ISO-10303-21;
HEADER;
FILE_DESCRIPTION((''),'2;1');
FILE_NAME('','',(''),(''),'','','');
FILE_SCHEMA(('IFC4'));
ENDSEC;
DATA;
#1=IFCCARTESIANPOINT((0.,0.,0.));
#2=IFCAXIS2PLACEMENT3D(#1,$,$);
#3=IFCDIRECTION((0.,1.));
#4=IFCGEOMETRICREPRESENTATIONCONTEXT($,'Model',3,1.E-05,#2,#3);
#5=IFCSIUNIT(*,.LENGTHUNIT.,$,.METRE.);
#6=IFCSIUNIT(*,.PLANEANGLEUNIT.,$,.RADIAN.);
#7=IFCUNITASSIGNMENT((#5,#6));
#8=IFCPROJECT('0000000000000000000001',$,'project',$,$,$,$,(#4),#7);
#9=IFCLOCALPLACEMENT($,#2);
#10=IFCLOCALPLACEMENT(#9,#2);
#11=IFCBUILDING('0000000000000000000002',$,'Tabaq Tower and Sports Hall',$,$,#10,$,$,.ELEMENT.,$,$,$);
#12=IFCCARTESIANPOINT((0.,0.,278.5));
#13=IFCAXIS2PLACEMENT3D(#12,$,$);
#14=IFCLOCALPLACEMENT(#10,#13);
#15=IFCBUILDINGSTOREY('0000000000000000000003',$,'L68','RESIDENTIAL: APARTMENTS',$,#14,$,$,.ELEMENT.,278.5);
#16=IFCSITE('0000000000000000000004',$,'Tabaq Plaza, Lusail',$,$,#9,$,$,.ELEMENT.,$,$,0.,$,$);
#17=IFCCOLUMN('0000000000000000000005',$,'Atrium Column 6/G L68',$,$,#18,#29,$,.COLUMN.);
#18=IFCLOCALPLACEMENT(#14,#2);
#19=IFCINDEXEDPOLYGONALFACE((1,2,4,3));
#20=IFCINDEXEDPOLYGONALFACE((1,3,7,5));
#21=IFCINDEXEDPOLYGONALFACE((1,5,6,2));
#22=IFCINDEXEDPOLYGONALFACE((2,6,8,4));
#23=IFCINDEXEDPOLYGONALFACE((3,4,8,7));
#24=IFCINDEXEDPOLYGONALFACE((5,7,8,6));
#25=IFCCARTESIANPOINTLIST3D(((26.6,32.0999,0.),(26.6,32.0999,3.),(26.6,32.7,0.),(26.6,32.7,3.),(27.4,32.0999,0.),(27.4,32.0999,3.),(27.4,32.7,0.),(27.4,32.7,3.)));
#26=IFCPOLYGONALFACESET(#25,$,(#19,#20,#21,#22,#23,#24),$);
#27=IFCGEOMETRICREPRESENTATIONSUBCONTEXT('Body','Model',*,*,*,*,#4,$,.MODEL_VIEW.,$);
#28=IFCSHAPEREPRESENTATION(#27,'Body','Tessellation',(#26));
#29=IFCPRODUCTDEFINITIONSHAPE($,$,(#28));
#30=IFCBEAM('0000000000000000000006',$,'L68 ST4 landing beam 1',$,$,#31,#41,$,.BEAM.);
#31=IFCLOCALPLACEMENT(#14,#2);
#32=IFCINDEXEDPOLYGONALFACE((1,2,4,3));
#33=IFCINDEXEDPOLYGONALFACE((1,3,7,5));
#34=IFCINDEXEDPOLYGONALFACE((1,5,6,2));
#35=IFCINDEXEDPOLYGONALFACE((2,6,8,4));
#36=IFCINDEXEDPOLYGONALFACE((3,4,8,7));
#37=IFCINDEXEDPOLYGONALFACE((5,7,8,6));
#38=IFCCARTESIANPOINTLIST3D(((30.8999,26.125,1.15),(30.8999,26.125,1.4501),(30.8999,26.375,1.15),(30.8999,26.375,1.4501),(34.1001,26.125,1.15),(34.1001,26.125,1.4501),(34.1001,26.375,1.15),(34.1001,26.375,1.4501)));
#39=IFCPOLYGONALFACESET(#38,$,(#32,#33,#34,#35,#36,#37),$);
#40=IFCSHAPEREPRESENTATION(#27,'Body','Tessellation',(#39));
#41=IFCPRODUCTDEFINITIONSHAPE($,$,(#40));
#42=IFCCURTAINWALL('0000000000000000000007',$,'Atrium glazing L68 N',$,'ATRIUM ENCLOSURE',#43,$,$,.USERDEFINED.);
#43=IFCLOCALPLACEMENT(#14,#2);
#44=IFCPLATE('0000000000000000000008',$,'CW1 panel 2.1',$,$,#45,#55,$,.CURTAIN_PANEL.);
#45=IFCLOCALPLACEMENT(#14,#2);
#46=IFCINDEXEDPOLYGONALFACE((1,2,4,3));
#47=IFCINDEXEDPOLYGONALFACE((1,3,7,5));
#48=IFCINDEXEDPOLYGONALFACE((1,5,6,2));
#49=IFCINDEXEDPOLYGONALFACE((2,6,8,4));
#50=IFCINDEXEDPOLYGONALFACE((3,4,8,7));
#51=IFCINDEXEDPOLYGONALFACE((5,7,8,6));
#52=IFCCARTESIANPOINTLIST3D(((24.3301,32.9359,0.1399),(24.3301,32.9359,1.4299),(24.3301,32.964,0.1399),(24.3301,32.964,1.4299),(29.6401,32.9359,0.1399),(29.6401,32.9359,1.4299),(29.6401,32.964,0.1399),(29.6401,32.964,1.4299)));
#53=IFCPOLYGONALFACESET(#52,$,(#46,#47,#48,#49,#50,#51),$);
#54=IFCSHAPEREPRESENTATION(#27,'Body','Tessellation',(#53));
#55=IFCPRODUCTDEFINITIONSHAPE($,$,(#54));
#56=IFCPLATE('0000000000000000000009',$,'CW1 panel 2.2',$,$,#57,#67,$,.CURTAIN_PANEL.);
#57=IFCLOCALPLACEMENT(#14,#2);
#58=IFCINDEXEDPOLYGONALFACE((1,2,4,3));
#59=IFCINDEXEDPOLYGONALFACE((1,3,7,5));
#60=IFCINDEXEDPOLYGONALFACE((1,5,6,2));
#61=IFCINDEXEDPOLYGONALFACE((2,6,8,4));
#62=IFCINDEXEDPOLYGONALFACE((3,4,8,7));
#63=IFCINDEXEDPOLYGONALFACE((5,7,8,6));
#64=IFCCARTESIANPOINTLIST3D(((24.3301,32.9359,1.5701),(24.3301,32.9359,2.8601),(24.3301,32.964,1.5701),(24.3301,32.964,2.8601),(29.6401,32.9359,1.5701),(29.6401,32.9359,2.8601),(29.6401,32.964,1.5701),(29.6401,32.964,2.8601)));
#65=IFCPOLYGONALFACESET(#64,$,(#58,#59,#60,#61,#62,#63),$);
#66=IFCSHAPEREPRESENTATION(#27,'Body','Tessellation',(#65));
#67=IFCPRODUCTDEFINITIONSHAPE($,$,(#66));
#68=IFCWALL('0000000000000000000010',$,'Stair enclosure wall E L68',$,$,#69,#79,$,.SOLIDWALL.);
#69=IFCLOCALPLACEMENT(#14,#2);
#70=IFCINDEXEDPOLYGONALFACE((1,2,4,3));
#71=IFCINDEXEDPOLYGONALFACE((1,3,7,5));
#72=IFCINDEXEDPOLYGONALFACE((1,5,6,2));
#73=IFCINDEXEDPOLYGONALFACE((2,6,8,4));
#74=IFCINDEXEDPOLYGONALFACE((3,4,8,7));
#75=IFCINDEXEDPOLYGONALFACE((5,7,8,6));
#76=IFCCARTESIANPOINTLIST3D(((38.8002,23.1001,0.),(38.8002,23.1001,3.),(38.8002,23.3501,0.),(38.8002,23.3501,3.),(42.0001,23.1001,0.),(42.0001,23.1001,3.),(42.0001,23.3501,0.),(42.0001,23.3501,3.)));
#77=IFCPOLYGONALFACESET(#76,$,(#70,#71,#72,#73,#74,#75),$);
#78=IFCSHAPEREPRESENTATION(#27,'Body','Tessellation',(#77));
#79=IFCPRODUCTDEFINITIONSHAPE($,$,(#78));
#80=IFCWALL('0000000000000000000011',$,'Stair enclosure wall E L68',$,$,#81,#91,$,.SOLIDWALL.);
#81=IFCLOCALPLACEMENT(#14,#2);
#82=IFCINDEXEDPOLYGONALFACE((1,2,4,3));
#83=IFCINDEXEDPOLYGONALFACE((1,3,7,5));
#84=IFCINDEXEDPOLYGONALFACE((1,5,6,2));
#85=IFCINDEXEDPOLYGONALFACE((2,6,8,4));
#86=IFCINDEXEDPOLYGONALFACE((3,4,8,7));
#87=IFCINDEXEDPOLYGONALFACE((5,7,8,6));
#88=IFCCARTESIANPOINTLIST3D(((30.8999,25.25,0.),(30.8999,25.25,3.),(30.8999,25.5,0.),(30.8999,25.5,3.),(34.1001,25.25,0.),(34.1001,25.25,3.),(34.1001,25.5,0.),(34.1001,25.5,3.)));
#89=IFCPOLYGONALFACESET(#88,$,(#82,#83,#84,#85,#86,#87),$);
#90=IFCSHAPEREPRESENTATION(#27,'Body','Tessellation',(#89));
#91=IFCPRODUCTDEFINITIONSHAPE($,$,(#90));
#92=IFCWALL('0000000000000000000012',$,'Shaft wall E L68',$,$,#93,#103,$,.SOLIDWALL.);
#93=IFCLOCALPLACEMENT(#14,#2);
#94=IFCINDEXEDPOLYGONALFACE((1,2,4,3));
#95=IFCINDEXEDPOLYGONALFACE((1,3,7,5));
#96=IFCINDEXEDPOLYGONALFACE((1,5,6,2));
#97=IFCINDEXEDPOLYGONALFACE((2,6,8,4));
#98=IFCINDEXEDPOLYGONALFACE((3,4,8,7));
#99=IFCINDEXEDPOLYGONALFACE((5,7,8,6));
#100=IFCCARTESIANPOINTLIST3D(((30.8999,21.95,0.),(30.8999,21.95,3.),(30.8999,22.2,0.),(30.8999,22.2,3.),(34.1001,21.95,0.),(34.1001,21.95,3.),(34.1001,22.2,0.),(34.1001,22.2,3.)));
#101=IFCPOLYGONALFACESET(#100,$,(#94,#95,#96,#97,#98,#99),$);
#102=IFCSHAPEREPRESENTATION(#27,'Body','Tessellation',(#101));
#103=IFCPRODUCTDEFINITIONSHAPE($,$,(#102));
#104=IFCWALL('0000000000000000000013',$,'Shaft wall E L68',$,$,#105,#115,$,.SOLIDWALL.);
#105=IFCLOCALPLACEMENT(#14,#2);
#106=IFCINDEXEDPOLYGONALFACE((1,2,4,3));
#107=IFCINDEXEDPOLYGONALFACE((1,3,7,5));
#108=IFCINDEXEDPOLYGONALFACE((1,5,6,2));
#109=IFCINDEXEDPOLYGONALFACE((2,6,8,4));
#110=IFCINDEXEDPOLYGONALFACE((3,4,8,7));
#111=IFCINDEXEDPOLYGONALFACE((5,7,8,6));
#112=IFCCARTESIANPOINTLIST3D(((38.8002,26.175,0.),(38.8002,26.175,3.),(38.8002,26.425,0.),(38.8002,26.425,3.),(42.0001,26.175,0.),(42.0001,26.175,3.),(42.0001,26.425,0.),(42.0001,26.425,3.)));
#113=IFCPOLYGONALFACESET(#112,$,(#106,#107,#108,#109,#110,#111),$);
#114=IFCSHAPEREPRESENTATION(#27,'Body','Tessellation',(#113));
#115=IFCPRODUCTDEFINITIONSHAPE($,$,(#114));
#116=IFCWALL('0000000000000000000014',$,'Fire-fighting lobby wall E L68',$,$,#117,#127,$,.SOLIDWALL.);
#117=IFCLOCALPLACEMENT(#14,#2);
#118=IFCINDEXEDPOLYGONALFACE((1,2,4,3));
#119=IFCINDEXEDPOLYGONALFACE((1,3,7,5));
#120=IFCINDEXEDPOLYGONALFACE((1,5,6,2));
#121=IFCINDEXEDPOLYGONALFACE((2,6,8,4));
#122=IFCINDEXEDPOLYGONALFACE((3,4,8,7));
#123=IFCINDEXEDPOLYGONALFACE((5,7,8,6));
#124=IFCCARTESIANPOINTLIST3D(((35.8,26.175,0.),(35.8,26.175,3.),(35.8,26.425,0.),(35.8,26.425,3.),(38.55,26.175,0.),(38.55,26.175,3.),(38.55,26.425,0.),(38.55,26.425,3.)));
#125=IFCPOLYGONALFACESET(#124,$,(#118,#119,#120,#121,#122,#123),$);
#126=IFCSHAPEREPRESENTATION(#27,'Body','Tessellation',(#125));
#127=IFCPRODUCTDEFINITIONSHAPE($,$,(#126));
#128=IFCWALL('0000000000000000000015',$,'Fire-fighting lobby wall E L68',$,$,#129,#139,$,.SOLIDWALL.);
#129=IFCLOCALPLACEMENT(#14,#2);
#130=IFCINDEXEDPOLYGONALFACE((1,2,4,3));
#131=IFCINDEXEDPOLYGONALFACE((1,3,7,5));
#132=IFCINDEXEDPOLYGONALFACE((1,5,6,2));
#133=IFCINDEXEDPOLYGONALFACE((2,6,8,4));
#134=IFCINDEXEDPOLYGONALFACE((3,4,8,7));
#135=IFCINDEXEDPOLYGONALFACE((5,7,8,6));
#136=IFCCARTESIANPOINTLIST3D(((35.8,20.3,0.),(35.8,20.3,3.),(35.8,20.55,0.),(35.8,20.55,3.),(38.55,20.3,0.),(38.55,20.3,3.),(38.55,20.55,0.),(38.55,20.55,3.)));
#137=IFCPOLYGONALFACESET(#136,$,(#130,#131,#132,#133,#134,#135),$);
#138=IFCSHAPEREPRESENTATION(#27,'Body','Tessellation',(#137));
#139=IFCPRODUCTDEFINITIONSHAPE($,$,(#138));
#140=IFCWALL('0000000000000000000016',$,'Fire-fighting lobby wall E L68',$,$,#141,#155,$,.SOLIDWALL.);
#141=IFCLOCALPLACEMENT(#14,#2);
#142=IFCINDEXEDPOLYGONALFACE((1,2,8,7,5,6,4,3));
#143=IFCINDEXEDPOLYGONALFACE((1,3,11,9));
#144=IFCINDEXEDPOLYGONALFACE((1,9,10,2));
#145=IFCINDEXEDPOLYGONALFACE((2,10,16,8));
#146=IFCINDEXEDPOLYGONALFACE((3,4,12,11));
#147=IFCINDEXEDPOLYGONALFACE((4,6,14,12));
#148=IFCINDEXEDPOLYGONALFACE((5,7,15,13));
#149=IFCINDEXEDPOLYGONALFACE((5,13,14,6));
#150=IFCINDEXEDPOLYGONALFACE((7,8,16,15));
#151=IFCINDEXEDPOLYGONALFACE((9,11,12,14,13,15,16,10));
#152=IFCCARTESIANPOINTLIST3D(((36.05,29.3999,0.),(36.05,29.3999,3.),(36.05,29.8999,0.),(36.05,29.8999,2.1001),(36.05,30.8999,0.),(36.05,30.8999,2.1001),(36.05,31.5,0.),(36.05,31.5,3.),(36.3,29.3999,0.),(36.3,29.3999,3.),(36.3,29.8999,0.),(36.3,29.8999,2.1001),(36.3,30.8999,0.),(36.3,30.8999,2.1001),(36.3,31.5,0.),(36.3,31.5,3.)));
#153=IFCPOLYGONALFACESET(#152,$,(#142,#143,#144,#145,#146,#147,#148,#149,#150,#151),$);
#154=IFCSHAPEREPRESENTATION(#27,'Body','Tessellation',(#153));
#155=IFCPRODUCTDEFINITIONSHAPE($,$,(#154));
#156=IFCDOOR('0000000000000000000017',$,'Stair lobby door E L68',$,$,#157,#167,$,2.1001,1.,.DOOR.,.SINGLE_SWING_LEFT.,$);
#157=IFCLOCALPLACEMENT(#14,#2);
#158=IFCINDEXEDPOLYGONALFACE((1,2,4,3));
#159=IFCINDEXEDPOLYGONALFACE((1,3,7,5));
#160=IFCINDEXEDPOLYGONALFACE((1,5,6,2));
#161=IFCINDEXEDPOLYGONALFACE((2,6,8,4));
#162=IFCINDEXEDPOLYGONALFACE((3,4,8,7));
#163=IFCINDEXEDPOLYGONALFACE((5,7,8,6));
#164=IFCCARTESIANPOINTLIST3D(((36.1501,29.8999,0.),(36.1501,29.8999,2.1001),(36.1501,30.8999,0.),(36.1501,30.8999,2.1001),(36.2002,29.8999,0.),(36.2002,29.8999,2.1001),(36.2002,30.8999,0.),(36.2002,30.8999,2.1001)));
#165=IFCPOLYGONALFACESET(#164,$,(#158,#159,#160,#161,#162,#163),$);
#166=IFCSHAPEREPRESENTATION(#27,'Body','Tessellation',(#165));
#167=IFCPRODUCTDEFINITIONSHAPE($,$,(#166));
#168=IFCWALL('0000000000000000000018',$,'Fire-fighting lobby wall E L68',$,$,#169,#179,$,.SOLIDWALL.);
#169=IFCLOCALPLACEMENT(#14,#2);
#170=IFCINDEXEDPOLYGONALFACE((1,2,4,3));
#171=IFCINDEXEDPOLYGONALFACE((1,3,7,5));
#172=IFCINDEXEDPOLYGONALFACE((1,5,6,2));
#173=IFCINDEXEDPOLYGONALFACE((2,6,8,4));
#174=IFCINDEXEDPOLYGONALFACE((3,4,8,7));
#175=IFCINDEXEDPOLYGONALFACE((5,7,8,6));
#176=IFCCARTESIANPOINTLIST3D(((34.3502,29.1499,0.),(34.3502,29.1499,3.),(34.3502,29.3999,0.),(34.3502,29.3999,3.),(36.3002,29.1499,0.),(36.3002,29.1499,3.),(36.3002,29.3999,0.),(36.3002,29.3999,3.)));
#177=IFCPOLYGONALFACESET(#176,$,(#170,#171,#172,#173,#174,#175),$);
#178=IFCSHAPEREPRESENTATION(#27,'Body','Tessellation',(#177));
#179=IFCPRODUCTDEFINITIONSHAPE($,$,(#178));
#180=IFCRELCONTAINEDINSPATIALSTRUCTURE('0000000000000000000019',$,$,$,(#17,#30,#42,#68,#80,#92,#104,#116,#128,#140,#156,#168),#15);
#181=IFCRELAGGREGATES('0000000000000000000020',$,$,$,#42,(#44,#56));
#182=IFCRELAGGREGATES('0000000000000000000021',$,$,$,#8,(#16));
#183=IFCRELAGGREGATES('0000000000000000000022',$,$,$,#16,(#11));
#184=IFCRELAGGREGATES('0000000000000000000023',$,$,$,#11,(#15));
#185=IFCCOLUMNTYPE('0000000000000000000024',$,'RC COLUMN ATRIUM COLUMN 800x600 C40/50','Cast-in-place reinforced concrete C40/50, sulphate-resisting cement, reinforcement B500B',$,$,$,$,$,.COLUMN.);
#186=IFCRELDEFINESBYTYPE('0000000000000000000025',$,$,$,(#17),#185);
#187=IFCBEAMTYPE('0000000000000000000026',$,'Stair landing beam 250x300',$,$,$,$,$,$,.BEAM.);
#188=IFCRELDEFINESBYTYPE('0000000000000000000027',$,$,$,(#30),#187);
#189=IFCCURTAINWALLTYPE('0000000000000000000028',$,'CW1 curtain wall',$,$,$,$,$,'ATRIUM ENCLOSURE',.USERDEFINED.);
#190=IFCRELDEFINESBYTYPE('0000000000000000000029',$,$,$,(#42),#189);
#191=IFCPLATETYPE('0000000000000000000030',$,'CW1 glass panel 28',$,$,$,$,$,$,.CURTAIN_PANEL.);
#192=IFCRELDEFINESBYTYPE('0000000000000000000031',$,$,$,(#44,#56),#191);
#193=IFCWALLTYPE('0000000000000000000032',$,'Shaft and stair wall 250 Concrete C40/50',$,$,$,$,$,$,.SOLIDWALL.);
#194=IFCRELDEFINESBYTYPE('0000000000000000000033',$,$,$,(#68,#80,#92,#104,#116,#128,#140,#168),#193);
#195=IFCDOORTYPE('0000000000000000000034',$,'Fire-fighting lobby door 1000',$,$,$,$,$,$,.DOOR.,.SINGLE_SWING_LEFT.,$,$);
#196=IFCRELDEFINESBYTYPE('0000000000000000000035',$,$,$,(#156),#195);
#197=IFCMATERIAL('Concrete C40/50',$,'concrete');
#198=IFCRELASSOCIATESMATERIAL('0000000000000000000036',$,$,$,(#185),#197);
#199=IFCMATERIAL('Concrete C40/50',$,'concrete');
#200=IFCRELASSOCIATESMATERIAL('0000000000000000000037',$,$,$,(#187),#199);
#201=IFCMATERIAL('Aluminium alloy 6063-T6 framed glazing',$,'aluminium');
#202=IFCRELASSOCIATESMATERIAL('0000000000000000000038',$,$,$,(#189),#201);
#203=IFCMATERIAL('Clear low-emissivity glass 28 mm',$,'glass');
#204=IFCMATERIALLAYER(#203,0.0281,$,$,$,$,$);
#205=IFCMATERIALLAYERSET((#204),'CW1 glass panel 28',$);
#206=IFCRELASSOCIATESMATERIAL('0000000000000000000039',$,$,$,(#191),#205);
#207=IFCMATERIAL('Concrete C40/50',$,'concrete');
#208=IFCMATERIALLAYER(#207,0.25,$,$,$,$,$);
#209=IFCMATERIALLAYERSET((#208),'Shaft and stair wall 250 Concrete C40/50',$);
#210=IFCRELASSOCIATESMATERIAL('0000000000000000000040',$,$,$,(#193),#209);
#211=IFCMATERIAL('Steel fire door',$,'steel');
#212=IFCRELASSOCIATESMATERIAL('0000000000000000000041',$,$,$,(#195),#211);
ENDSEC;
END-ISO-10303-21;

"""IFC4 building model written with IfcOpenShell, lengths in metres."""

from ifc_helpers import new_model, si_unit, direction, frame, frame_2d, origin, origin_2d, place, context, subcontext, project, spatial, rectangle, extrude, material, layer, layer_set, material_profile, profile_set, type_object, element, fill, aggregate, save


model = new_model("IFC4")

# Units and contexts
model_context = context("Model", 3, precision=1e-05, world=origin(), true_north=direction((0.0, 1.0)))
body_context = subcontext(model_context, "Body", "Model", "MODEL_VIEW")
ifc_project = project(units=[si_unit("LENGTHUNIT", "METRE"), si_unit("PLANEANGLEUNIT", "RADIAN")], contexts=[model_context])

# Site, building, storey
site_placement = place(None, origin())
site = spatial("IfcSite", under=ifc_project, at=site_placement, Name="Tabaq Plaza, Lusail", CompositionType="ELEMENT", RefElevation=0.0)
building_placement = place(site_placement, origin())
building = spatial("IfcBuilding", under=site, at=building_placement, Name="Tabaq Tower and Sports Hall", CompositionType="ELEMENT")
storey_placement = place(building_placement, frame((0.0, 0.0, 278.5)))
storey = spatial("IfcBuildingStorey", under=building, at=storey_placement, Name="L68", Description="RESIDENTIAL: APARTMENTS", CompositionType="ELEMENT", Elevation=278.5)

# Column
ifc_material_1 = material(Name="Concrete C40/50", Category="concrete")
ifc_material_profile_1 = material_profile(ifc_material_1, rectangle(XDim=0.8, YDim=0.6001, at=origin_2d()), Name="ATRIUM COLUMN 800x600")
ifc_profile_set_1 = profile_set([ifc_material_profile_1], Name="Concrete C40/50")
column_type = type_object("IfcColumnType", Name="RC COLUMN ATRIUM COLUMN 800x600 C40/50", Description="Cast-in-place reinforced concrete C40/50, sulphate-resisting cement, reinforcement B500B", PredefinedType="COLUMN", material=ifc_profile_set_1)
column_placement = place(storey_placement, frame((27.0, 32.3999, 0.0), z_axis=(0.0, 0.0, 1.0), x_axis=(1.0, 0.0, 0.0)))
element("IfcColumn", 1, at=column_placement, inside=storey, type_object=column_type, Name="Atrium Column 6/G L68", PredefinedType="COLUMN", context=body_context, shape_type="SweptSolid", body=[
    extrude(rectangle(XDim=0.8, YDim=0.6001, at=origin_2d()), origin(), (0.0, 0.0, 1.0), 3.0),
])

# Beam
ifc_material_2 = material(Name="Concrete C40/50", Category="concrete")
ifc_material_profile_2 = material_profile(ifc_material_2, rectangle(XDim=0.25, YDim=0.3, at=origin_2d()), Name="RC 250x300")
ifc_profile_set_2 = profile_set([ifc_material_profile_2], Name="Concrete C40/50")
beam_type = type_object("IfcBeamType", Name="Stair landing beam 250x300", PredefinedType="BEAM", material=ifc_profile_set_2)
beam_placement = place(storey_placement, frame((30.8999, 26.25, 1.3), z_axis=(1.0, 0.0, 0.0), x_axis=(0.0, 1.0, 0.0)))
element("IfcBeam", 2, at=beam_placement, inside=storey, type_object=beam_type, Name="L68 ST4 landing beam 1", PredefinedType="BEAM", context=body_context, shape_type="SweptSolid", body=[
    extrude(rectangle(XDim=0.25, YDim=0.3, at=origin_2d()), origin(), (0.0, 0.0, 1.0), 3.2002),
])

# Curtain wall, plates
ifc_material_3 = material(Name="Aluminium alloy 6063-T6 framed glazing", Category="aluminium")
curtain_wall_type = type_object("IfcCurtainWallType", Name="CW1 curtain wall", ElementType="ATRIUM ENCLOSURE", PredefinedType="USERDEFINED", material=ifc_material_3)
curtain_wall_placement = place(storey_placement, origin())
curtain_wall = element("IfcCurtainWall", 3, at=curtain_wall_placement, inside=storey, type_object=curtain_wall_type, Name="Atrium glazing L68 N", ObjectType="ATRIUM ENCLOSURE", PredefinedType="USERDEFINED")
ifc_material_4 = material(Name="Clear low-emissivity glass 28 mm", Category="glass")
ifc_layer_1 = layer(ifc_material_4, 0.0281)
ifc_layer_set_1 = layer_set([ifc_layer_1], Name="CW1 glass panel 28")
plate_type = type_object("IfcPlateType", Name="CW1 glass panel 28", PredefinedType="CURTAIN_PANEL", material=ifc_layer_set_1)
plate_1_placement = place(storey_placement, frame((26.9851, 32.95, 0.1399), z_axis=(0.0, 0.0, 1.0), x_axis=(1.0, 0.0, 0.0)))
plate_1 = element("IfcPlate", 4, at=plate_1_placement, type_object=plate_type, Name="CW1 panel 2.1", PredefinedType="CURTAIN_PANEL", context=body_context, shape_type="SweptSolid", body=[
    extrude(rectangle(XDim=5.3101, YDim=0.0281, at=origin_2d()), origin(), (0.0, 0.0, 1.0), 1.29),
])
plate_2_placement = place(storey_placement, frame((26.9851, 32.95, 1.5701), z_axis=(0.0, 0.0, 1.0), x_axis=(1.0, 0.0, 0.0)))
plate_2 = element("IfcPlate", 5, at=plate_2_placement, type_object=plate_type, Name="CW1 panel 2.2", PredefinedType="CURTAIN_PANEL", context=body_context, shape_type="SweptSolid", body=[
    extrude(rectangle(XDim=5.3101, YDim=0.0281, at=origin_2d()), origin(), (0.0, 0.0, 1.0), 1.29),
])
aggregate(curtain_wall, [plate_1, plate_2])

# Walls
ifc_material_5 = material(Name="Concrete C40/50", Category="concrete")
ifc_layer_2 = layer(ifc_material_5, 0.25)
ifc_layer_set_2 = layer_set([ifc_layer_2], Name="Shaft and stair wall 250 Concrete C40/50")
wall_type_1 = type_object("IfcWallType", Name="Shaft and stair wall 250 Concrete C40/50", PredefinedType="SOLIDWALL", material=ifc_layer_set_2)
wall_1_placement = place(storey_placement, frame((38.8, 23.2251, 0.0), z_axis=(0.0, 0.0, 1.0), x_axis=(1.0, 0.0, 0.0)))
element("IfcWall", 6, at=wall_1_placement, inside=storey, type_object=wall_type_1, Name="Stair enclosure wall E L68", PredefinedType="SOLIDWALL", context=body_context, shape_type="SweptSolid", body=[
    extrude(rectangle(XDim=3.2, YDim=0.25, at=frame_2d((1.6001, 0.0))), origin(), (0.0, 0.0, 1.0), 3.0),
])
for number, where, z_axis, x_axis, name in (
    (7, (30.8999, 25.375, 0.0), (0.0, 0.0, 1.0), (1.0, 0.0, 0.0), "Stair enclosure wall E L68"),
    (8, (30.8999, 22.075, 0.0), (0.0, 0.0, 1.0), (1.0, 0.0, 0.0), "Shaft wall E L68"),
):
    element("IfcWall", number, at=place(storey_placement, frame(where, z_axis=z_axis, x_axis=x_axis)), inside=storey, type_object=wall_type_1, Name=name, PredefinedType="SOLIDWALL", context=body_context, shape_type="SweptSolid", body=[
        extrude(rectangle(XDim=3.2002, YDim=0.25, at=frame_2d((1.6001, 0.0))), origin(), (0.0, 0.0, 1.0), 3.0),
    ])
wall_2_placement = place(storey_placement, frame((38.8, 26.3, 0.0), z_axis=(0.0, 0.0, 1.0), x_axis=(1.0, 0.0, 0.0)))
element("IfcWall", 9, at=wall_2_placement, inside=storey, type_object=wall_type_1, Name="Shaft wall E L68", PredefinedType="SOLIDWALL", context=body_context, shape_type="SweptSolid", body=[
    extrude(rectangle(XDim=3.2, YDim=0.25, at=frame_2d((1.6001, 0.0))), origin(), (0.0, 0.0, 1.0), 3.0),
])
for number, where, z_axis, x_axis, name in (
    (10, (35.8, 26.3, 0.0), (0.0, 0.0, 1.0), (1.0, 0.0, 0.0), "Fire-fighting lobby wall E L68"),
    (11, (35.8, 20.425, 0.0), (0.0, 0.0, 1.0), (1.0, 0.0, 0.0), "Fire-fighting lobby wall E L68"),
):
    element("IfcWall", number, at=place(storey_placement, frame(where, z_axis=z_axis, x_axis=x_axis)), inside=storey, type_object=wall_type_1, Name=name, PredefinedType="SOLIDWALL", context=body_context, shape_type="SweptSolid", body=[
        extrude(rectangle(XDim=2.75, YDim=0.25, at=frame_2d((1.375, 0.0))), origin(), (0.0, 0.0, 1.0), 3.0),
    ])

# Wall, opening, door
wall_3_placement = place(storey_placement, frame((36.175, 29.3999, 0.0), z_axis=(0.0, 0.0, 1.0), x_axis=(0.0, 1.0, 0.0)))
wall_3 = element("IfcWall", 12, at=wall_3_placement, inside=storey, type_object=wall_type_1, Name="Fire-fighting lobby wall E L68", PredefinedType="SOLIDWALL", context=body_context, shape_type="SweptSolid", body=[
    extrude(rectangle(XDim=2.1001, YDim=0.25, at=frame_2d((1.05, 0.0))), origin(), (0.0, 0.0, 1.0), 3.0),
])
opening_1_placement = place(wall_3_placement, frame((0.5, 0.0, 0.0)))
opening_1 = element("IfcOpeningElement", 13, at=opening_1_placement, cuts=wall_3, PredefinedType="OPENING", context=body_context, shape_type="SweptSolid", body=[
    extrude(rectangle(XDim=1.0, YDim=2.1001, at=frame_2d((0.5, 1.05))), frame((0.0, 0.125, 0.0), z_axis=(0.0, -1.0, 0.0), x_axis=(1.0, 0.0, 0.0)), (0.0, 0.0, 1.0), 0.25),
])
ifc_material_6 = material(Name="Steel fire door", Category="steel")
door_type_1 = type_object("IfcDoorType", Name="Fire-fighting lobby door 1000", OperationType="SINGLE_SWING_LEFT", PredefinedType="DOOR", material=ifc_material_6)
door_1_placement = place(opening_1_placement, origin())
door_1 = element("IfcDoor", 14, at=door_1_placement, inside=storey, type_object=door_type_1, Name="Stair lobby door E L68", OperationType="SINGLE_SWING_LEFT", OverallHeight=2.1001, OverallWidth=1.0, PredefinedType="DOOR", context=body_context, shape_type="SweptSolid", body=[
    extrude(rectangle(XDim=1.0, YDim=2.1001, at=frame_2d((0.5, 1.05))), frame((0.0, 0.0249, 0.0), z_axis=(0.0, -1.0, 0.0), x_axis=(1.0, 0.0, 0.0)), (0.0, 0.0, 1.0), 0.05),
])
fill(opening_1, door_1)

# Wall
wall_4_placement = place(storey_placement, frame((34.3501, 29.2749, 0.0), z_axis=(0.0, 0.0, 1.0), x_axis=(1.0, 0.0, 0.0)))
element("IfcWall", 15, at=wall_4_placement, inside=storey, type_object=wall_type_1, Name="Fire-fighting lobby wall E L68", PredefinedType="SOLIDWALL", context=body_context, shape_type="SweptSolid", body=[
    extrude(rectangle(XDim=1.95, YDim=0.25, at=frame_2d((0.9751, 0.0))), origin(), (0.0, 0.0, 1.0), 3.0),
])

save(model, "model.ifc")
